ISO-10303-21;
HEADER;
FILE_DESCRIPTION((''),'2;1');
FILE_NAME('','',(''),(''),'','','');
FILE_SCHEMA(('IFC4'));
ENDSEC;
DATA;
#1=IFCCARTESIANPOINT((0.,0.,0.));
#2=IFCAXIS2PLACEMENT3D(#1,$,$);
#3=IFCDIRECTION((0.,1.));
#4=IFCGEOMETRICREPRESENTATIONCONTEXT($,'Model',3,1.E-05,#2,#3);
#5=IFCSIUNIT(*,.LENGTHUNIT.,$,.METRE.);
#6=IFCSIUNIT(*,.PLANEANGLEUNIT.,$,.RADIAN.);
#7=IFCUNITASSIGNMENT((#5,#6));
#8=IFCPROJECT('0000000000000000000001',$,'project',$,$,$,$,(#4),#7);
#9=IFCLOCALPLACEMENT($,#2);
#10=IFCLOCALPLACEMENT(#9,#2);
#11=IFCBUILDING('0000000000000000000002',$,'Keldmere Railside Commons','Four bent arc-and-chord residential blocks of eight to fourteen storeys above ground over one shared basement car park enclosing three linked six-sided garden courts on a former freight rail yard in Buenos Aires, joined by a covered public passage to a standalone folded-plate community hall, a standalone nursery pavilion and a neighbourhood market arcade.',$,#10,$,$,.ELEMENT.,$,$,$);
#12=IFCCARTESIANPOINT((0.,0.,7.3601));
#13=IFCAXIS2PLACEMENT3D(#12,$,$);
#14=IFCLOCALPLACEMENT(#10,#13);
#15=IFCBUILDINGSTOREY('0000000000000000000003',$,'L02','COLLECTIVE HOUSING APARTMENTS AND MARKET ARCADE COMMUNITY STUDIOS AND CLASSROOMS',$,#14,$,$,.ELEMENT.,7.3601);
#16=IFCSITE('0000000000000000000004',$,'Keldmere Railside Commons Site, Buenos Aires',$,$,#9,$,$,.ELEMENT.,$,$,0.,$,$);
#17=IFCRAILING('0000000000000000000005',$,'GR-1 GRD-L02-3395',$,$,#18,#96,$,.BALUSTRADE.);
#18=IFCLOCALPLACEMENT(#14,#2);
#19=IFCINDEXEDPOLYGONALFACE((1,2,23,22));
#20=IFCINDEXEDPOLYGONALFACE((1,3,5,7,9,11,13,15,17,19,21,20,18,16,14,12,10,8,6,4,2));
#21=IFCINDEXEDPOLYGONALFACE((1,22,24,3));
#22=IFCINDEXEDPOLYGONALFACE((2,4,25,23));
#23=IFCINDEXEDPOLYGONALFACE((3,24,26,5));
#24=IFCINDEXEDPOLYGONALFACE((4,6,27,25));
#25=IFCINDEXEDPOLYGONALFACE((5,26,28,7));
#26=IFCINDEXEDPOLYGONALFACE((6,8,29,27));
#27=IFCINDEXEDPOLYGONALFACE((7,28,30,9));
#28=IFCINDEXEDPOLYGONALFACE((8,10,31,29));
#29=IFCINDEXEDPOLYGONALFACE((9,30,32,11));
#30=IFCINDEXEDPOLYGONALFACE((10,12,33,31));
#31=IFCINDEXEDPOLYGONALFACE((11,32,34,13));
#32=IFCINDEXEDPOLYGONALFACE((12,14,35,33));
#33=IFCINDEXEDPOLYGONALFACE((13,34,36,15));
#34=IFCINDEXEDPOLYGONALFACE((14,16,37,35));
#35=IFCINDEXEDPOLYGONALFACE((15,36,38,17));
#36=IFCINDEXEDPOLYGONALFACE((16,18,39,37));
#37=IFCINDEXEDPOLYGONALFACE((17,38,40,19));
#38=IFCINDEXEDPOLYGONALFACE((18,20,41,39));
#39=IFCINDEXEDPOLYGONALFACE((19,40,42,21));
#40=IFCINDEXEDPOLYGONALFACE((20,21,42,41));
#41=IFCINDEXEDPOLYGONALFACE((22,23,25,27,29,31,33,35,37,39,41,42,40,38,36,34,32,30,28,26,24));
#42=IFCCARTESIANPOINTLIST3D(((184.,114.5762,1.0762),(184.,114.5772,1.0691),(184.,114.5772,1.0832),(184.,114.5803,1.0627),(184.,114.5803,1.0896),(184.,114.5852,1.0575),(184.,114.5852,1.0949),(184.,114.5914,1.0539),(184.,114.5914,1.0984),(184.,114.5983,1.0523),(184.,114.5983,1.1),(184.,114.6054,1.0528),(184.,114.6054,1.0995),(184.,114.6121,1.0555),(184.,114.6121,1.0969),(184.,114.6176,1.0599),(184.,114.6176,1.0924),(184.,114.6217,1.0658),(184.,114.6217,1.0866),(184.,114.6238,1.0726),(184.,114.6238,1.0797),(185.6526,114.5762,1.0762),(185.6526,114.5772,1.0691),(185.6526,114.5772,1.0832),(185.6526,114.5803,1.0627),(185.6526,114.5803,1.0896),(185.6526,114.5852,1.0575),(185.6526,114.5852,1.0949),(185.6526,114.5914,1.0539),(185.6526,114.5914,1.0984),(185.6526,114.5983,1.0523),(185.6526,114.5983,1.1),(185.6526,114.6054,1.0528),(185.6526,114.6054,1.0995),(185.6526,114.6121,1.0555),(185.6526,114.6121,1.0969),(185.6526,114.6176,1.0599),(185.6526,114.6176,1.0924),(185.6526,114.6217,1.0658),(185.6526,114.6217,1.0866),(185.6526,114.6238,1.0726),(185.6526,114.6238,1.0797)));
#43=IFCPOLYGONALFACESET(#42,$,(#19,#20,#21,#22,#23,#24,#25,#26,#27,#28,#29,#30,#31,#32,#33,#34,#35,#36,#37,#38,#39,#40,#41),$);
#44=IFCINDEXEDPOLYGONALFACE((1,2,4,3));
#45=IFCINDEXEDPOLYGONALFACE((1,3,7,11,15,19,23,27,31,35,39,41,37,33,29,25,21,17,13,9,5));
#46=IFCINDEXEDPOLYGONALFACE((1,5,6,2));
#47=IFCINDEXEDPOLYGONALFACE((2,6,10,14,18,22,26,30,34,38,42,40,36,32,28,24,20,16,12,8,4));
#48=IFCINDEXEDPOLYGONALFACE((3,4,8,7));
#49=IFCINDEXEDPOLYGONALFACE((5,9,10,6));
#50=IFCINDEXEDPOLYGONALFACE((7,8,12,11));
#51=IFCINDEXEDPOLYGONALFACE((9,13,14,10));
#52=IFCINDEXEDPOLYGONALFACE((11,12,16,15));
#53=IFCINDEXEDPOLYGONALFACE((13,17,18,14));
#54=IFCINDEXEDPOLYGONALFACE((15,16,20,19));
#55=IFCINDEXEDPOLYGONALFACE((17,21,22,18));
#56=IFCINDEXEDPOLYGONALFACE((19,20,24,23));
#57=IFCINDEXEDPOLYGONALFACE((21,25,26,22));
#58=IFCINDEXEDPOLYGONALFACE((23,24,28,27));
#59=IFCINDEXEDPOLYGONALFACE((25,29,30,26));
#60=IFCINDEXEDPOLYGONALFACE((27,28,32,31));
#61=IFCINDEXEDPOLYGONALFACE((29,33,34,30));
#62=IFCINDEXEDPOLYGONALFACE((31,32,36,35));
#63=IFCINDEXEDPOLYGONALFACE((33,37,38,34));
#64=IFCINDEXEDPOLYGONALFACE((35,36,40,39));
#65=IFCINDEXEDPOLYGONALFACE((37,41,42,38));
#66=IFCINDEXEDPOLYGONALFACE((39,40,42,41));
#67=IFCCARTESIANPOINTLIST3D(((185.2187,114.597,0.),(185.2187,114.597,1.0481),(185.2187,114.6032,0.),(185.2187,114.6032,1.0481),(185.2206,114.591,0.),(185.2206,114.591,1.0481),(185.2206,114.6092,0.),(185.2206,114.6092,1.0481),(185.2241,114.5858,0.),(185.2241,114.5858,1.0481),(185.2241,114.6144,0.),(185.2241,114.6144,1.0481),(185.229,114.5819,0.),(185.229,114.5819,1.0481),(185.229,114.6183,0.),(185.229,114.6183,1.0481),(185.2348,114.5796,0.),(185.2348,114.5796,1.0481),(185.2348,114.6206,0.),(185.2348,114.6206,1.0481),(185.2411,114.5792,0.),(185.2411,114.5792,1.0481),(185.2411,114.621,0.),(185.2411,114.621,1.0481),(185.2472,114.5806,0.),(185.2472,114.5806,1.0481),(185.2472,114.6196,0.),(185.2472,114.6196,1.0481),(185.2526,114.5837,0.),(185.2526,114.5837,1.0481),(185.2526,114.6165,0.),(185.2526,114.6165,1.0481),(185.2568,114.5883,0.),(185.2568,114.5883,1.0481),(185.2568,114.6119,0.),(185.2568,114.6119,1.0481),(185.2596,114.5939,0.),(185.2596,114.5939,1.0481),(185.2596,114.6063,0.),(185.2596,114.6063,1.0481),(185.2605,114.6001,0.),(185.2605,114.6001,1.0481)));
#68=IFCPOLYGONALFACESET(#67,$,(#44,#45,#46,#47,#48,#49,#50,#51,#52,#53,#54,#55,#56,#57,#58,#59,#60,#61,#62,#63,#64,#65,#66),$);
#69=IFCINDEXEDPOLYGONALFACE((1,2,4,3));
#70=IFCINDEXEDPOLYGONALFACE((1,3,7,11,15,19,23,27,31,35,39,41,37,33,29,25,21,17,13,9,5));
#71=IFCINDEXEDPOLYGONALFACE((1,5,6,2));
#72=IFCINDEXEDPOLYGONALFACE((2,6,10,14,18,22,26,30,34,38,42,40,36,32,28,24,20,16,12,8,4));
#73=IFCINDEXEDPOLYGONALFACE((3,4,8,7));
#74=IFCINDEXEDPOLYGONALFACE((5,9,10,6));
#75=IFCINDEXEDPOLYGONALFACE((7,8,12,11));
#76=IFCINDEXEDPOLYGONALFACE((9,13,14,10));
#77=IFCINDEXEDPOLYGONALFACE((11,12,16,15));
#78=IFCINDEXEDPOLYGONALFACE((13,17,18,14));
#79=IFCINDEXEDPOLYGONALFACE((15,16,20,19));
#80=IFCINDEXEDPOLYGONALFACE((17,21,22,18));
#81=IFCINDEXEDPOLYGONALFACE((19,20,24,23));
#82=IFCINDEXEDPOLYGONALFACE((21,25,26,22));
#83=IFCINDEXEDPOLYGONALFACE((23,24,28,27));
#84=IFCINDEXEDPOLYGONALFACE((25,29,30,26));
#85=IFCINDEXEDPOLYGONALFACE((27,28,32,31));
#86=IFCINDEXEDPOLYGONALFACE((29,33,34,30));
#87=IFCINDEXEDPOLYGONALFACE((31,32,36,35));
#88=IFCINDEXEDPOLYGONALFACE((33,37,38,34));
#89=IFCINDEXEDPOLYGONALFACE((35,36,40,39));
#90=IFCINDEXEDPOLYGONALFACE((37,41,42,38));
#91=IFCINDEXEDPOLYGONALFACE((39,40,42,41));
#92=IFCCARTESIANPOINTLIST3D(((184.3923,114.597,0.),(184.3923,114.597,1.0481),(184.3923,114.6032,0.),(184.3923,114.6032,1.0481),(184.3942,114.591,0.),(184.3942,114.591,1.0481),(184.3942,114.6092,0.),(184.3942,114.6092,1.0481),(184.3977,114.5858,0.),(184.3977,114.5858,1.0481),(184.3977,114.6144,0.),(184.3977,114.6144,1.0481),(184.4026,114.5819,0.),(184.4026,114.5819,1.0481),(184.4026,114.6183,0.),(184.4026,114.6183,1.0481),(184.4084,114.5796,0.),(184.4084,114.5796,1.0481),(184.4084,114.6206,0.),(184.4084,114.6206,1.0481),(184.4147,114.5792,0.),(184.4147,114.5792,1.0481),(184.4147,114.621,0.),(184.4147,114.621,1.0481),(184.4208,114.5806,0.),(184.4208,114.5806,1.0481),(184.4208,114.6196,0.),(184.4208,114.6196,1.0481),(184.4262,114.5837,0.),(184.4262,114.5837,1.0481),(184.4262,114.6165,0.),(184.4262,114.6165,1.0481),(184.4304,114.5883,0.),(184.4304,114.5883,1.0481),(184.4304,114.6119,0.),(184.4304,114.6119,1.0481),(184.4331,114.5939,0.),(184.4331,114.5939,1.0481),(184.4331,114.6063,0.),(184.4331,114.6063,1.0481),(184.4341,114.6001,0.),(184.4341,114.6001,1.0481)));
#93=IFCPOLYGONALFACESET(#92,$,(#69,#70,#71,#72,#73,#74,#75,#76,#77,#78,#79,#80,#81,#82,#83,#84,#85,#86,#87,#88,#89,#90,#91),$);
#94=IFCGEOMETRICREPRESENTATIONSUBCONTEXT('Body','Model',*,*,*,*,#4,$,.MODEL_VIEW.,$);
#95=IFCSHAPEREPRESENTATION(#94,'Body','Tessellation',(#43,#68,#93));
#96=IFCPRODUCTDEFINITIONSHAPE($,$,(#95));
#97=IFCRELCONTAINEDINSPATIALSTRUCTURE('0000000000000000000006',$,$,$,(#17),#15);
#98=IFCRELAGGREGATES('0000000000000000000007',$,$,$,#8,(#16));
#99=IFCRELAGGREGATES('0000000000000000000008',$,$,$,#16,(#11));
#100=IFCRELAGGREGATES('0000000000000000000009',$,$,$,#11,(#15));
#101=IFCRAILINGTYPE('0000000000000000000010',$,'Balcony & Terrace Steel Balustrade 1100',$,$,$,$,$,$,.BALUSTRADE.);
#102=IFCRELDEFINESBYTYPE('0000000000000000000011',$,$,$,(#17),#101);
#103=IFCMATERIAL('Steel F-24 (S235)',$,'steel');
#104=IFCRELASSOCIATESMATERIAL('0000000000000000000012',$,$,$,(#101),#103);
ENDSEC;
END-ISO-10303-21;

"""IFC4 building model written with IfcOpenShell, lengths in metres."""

from ifc_helpers import new_model, si_unit, direction, frame, origin, origin_2d, place, context, subcontext, project, spatial, circle, extrude, material, type_object, element, save


model = new_model("IFC4")

# Units and contexts
model_context = context("Model", 3, precision=1e-05, world=origin(), true_north=direction((0.0, 1.0)))
body_context = subcontext(model_context, "Body", "Model", "MODEL_VIEW")
ifc_project = project(units=[si_unit("LENGTHUNIT", "METRE"), si_unit("PLANEANGLEUNIT", "RADIAN")], contexts=[model_context])

# Site, building, storey
site_placement = place(None, origin())
site = spatial("IfcSite", under=ifc_project, at=site_placement, Name="Keldmere Railside Commons Site, Buenos Aires", CompositionType="ELEMENT", RefElevation=0.0)
building_placement = place(site_placement, origin())
building = spatial("IfcBuilding", under=site, at=building_placement, Name="Keldmere Railside Commons", Description="Four bent arc-and-chord residential blocks of eight to fourteen storeys above ground over one shared basement car park enclosing three linked six-sided garden courts on a former freight rail yard in Buenos Aires, joined by a covered public passage to a standalone folded-plate community hall, a standalone nursery pavilion and a neighbourhood market arcade.", CompositionType="ELEMENT")
storey_placement = place(building_placement, frame((0.0, 0.0, 7.3601)))
storey = spatial("IfcBuildingStorey", under=building, at=storey_placement, Name="L02", Description="COLLECTIVE HOUSING APARTMENTS AND MARKET ARCADE COMMUNITY STUDIOS AND CLASSROOMS", CompositionType="ELEMENT", Elevation=7.3601)

# Railing
ifc_material_1 = material(Name="Steel F-24 (S235)", Category="steel")
railing_type = type_object("IfcRailingType", Name="Balcony & Terrace Steel Balustrade 1100", PredefinedType="BALUSTRADE", material=ifc_material_1)
railing_1_placement = place(storey_placement, frame((185.6526, 114.6001, 0.0)))
element("IfcRailing", 1, at=railing_1_placement, inside=storey, type_object=railing_type, Name="GR-1 GRD-L02-3395", PredefinedType="BALUSTRADE", context=body_context, shape_type="SweptSolid", body=[
    extrude(circle(Radius=0.0239, at=origin_2d()), frame((0.0, 0.0, 1.0762), z_axis=(-1.0, 0.0, 0.0), x_axis=(0.0, -1.0, 0.0)), (0.0, 0.0, 1.0), 1.6526),
    extrude(circle(Radius=0.021, at=origin_2d()), frame((-0.4131, 0.0, 0.0)), (0.0, 0.0, 1.0), 1.0481),
    extrude(circle(Radius=0.021, at=origin_2d()), frame((-1.2395, 0.0, 0.0)), (0.0, 0.0, 1.0), 1.0481),
])

save(model, "model.ifc")
